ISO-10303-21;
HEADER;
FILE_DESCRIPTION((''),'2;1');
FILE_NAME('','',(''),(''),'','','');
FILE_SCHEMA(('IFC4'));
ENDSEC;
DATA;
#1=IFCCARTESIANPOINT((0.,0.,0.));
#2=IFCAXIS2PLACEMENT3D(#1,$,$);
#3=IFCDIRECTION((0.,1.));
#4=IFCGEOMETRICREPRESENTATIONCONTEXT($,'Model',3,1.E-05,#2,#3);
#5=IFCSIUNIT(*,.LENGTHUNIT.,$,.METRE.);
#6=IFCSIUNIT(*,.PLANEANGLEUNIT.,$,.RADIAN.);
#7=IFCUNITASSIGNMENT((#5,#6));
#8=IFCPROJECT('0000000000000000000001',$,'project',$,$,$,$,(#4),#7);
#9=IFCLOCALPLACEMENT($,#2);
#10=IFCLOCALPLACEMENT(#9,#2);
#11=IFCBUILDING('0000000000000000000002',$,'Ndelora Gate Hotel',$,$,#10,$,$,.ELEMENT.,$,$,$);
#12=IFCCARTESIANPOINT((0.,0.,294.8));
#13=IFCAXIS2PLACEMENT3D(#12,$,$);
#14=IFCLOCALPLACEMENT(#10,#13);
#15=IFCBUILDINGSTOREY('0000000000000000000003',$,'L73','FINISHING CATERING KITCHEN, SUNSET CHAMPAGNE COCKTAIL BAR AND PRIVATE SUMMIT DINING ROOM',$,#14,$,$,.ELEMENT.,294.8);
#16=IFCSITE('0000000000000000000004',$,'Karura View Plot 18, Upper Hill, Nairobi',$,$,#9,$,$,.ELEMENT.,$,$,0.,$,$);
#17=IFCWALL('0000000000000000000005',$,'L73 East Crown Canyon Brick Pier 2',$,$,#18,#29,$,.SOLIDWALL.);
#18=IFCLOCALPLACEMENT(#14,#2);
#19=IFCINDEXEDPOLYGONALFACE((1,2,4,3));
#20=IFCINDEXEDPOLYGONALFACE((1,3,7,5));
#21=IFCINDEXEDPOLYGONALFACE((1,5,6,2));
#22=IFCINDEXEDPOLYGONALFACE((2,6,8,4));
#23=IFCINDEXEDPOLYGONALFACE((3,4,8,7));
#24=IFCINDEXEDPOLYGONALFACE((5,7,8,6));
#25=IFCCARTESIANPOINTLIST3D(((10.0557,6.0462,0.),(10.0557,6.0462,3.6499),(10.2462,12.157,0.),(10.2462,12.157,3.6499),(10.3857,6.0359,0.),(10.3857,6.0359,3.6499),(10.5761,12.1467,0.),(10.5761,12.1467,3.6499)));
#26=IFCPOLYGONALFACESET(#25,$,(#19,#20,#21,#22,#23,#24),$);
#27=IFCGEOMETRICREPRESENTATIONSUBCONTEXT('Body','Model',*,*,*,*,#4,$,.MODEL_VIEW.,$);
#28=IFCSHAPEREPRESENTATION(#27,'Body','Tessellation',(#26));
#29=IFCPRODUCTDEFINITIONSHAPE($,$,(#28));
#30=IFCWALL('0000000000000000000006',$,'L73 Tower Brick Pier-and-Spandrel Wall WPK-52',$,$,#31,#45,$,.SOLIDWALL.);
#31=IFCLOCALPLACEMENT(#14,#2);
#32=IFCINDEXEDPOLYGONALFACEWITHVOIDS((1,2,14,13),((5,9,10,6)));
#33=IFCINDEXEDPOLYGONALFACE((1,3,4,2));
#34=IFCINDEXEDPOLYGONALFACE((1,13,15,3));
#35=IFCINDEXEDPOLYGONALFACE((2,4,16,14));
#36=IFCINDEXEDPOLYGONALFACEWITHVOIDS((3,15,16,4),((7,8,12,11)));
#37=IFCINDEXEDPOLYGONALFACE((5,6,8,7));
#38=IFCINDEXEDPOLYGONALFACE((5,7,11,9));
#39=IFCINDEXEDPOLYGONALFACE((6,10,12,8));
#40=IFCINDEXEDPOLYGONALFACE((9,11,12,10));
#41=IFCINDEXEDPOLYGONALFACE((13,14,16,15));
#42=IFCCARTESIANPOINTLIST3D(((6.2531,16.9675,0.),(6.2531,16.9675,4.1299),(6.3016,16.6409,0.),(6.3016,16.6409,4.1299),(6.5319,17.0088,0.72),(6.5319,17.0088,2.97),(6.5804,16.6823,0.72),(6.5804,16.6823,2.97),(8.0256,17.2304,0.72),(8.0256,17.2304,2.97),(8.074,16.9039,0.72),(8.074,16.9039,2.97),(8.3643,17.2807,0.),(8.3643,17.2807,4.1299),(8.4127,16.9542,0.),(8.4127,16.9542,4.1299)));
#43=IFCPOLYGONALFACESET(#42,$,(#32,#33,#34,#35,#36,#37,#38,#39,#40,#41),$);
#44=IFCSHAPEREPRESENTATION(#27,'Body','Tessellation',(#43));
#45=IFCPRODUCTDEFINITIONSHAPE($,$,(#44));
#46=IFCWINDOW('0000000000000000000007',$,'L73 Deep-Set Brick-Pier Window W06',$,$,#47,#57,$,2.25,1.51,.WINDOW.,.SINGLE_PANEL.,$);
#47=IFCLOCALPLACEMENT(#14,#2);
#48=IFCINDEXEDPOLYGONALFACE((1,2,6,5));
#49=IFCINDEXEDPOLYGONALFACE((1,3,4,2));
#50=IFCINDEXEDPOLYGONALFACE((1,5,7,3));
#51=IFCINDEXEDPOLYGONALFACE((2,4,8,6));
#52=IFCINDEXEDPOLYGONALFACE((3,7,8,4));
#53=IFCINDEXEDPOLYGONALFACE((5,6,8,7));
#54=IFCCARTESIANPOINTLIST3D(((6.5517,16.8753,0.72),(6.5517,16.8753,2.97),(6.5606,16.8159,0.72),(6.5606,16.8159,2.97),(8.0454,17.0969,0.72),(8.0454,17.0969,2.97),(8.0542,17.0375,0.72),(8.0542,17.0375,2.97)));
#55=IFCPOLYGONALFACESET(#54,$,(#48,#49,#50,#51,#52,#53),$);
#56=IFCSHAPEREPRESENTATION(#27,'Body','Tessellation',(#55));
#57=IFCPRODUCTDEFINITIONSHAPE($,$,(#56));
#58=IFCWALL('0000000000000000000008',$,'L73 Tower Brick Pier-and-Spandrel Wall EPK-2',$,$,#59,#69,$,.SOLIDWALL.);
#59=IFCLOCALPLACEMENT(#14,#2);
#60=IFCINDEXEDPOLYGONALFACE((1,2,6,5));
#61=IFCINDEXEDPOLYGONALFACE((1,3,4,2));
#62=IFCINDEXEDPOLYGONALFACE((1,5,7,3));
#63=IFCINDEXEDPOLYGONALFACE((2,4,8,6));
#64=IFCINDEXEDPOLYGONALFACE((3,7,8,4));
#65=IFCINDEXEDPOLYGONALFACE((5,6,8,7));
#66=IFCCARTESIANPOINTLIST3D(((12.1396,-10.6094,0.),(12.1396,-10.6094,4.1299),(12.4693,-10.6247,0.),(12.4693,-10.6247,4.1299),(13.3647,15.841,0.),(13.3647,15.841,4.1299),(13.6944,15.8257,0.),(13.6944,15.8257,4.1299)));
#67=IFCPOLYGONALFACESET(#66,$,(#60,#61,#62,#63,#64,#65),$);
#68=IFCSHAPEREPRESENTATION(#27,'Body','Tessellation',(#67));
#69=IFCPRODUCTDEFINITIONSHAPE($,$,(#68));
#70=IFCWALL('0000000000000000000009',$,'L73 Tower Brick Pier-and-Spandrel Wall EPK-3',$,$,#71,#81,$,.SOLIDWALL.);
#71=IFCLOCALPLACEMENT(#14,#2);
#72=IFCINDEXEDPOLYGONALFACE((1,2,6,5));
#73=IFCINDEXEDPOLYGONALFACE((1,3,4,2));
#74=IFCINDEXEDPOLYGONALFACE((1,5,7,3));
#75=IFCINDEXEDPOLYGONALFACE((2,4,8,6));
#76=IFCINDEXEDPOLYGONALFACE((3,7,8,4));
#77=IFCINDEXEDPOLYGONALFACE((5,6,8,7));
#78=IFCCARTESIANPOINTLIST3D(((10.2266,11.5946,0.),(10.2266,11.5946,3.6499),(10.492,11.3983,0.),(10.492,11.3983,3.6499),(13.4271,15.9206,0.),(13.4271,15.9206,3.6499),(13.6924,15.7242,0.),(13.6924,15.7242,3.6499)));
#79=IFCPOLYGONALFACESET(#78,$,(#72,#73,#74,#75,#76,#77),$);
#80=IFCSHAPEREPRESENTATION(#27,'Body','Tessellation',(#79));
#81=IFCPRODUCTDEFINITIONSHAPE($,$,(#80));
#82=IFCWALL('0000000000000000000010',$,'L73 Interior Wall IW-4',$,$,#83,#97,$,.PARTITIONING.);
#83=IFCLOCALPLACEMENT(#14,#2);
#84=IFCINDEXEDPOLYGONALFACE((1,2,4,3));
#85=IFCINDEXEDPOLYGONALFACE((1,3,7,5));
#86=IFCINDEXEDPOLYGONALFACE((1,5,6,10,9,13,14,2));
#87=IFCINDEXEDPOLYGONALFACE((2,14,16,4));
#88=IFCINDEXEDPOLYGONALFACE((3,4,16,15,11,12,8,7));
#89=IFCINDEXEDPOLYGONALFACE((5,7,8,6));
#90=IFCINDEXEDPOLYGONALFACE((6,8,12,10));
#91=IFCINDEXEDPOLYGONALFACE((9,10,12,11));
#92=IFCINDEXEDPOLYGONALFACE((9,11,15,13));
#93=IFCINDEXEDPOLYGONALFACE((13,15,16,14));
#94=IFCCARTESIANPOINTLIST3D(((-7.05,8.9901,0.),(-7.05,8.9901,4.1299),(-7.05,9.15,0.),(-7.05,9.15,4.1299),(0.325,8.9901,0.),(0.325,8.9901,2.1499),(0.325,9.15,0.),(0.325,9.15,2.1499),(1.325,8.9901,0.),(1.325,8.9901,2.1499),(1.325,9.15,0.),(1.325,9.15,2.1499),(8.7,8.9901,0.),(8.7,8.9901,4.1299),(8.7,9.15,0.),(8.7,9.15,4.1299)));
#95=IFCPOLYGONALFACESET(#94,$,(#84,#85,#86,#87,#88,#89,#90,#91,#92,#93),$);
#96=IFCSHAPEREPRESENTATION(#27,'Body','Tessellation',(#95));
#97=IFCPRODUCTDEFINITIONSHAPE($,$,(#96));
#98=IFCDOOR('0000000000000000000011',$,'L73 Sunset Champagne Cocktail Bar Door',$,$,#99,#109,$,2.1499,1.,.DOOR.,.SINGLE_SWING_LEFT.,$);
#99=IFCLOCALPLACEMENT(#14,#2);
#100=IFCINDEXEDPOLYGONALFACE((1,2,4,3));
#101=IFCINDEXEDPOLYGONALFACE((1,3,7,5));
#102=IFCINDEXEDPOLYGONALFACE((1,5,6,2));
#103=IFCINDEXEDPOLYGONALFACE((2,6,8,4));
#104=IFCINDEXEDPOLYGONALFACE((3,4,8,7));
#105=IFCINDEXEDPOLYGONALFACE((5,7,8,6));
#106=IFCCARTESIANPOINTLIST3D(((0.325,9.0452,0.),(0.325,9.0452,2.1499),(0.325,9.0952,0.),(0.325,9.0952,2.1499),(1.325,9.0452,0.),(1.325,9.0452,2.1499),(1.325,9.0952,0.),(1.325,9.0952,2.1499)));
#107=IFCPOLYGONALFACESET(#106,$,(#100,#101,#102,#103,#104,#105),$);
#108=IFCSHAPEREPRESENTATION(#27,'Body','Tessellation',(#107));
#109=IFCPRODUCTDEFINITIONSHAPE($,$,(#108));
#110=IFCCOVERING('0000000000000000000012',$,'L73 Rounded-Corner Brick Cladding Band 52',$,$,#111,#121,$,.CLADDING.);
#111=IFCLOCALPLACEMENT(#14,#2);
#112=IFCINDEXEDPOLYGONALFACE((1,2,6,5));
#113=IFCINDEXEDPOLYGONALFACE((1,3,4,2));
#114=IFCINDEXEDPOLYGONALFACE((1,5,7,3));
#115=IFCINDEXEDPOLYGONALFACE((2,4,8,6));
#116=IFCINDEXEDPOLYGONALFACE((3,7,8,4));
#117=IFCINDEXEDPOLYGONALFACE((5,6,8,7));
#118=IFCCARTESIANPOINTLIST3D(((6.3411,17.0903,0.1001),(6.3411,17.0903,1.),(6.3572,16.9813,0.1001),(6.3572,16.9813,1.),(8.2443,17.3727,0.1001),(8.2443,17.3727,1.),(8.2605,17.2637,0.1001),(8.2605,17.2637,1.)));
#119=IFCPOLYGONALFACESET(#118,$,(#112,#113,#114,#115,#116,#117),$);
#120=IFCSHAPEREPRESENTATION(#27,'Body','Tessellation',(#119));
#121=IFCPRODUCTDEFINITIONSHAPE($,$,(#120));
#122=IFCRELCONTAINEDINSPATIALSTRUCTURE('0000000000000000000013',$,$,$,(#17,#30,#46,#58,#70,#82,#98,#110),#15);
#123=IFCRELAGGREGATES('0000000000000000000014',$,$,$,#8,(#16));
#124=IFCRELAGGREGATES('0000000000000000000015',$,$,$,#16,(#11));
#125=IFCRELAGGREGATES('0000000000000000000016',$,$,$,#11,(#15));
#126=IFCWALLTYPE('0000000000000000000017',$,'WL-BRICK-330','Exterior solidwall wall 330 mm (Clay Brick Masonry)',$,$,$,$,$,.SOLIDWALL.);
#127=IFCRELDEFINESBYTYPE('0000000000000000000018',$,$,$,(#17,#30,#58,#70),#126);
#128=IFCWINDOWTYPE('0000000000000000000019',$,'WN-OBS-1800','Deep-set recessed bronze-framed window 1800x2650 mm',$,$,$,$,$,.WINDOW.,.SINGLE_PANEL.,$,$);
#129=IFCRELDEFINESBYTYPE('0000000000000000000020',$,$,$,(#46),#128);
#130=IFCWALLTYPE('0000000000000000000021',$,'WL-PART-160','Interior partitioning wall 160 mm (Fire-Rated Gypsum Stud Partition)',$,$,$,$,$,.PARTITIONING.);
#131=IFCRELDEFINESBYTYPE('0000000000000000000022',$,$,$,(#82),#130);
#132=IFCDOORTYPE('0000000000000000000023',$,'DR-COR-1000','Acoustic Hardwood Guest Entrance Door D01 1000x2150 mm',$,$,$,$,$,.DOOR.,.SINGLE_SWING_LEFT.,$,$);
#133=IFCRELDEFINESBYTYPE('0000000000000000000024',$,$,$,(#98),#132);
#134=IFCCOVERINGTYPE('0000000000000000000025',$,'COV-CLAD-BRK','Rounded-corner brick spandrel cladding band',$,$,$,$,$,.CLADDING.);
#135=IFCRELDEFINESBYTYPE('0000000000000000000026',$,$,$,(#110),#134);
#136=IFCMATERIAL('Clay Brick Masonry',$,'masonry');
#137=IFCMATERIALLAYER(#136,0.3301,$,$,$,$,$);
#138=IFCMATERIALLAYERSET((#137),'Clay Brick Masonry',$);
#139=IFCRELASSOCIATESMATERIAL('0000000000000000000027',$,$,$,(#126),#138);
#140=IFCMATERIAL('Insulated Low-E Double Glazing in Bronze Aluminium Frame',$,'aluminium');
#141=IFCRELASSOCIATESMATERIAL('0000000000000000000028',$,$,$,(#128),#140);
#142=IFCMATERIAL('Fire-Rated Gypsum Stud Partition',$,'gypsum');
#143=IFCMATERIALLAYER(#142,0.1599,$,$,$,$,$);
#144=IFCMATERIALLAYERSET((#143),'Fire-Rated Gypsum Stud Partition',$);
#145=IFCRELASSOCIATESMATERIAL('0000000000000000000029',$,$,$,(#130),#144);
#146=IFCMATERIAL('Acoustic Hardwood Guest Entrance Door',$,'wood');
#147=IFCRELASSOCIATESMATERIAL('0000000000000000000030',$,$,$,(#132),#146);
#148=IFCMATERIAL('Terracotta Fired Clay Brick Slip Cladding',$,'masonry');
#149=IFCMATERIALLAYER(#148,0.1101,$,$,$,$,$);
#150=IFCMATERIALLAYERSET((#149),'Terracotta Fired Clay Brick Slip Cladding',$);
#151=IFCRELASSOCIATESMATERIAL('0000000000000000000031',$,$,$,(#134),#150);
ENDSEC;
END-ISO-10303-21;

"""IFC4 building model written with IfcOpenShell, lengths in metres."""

from ifc_helpers import new_model, si_unit, direction, frame, frame_2d, origin, origin_2d, place, context, subcontext, project, spatial, rectangle, extrude, material, layer, layer_set, type_object, element, fill, save


model = new_model("IFC4")

# Units and contexts
model_context = context("Model", 3, precision=1e-05, world=origin(), true_north=direction((0.0, 1.0)))
body_context = subcontext(model_context, "Body", "Model", "MODEL_VIEW")
ifc_project = project(units=[si_unit("LENGTHUNIT", "METRE"), si_unit("PLANEANGLEUNIT", "RADIAN")], contexts=[model_context])

# Site, building, storey
site_placement = place(None, origin())
site = spatial("IfcSite", under=ifc_project, at=site_placement, Name="Karura View Plot 18, Upper Hill, Nairobi", CompositionType="ELEMENT", RefElevation=0.0)
building_placement = place(site_placement, origin())
building = spatial("IfcBuilding", under=site, at=building_placement, Name="Ndelora Gate Hotel", CompositionType="ELEMENT")
storey_placement = place(building_placement, frame((0.0, 0.0, 294.8)))
storey = spatial("IfcBuildingStorey", under=building, at=storey_placement, Name="L73", Description="FINISHING CATERING KITCHEN, SUNSET CHAMPAGNE COCKTAIL BAR AND PRIVATE SUMMIT DINING ROOM", CompositionType="ELEMENT", Elevation=294.8)

# Wall
ifc_material_1 = material(Name="Clay Brick Masonry", Category="masonry")
ifc_layer_1 = layer(ifc_material_1, 0.3301)
ifc_layer_set_1 = layer_set([ifc_layer_1], Name="Clay Brick Masonry")
wall_type_1 = type_object("IfcWallType", Name="WL-BRICK-330", Description="Exterior solidwall wall 330 mm (Clay Brick Masonry)", PredefinedType="SOLIDWALL", material=ifc_layer_set_1)
wall_1_placement = place(storey_placement, frame((10.2207, 6.041, 0.0), z_axis=(0.0, 0.0, 1.0), x_axis=(0.031147, 0.999515, 0.0)))
element("IfcWall", 1, at=wall_1_placement, inside=storey, type_object=wall_type_1, Name="L73 East Crown Canyon Brick Pier 2", PredefinedType="SOLIDWALL", context=body_context, shape_type="SweptSolid", body=[
    extrude(rectangle(XDim=6.1138, YDim=0.3301, at=frame_2d((3.0569, 0.0))), origin(), (0.0, 0.0, 1.0), 3.6499),
])

# Wall, opening, window
wall_2_placement = place(storey_placement, frame((6.2773, 16.8042, 0.0), z_axis=(0.0, 0.0, 1.0), x_axis=(0.989171, 0.146768, 0.0)))
wall_2 = element("IfcWall", 2, at=wall_2_placement, inside=storey, type_object=wall_type_1, Name="L73 Tower Brick Pier-and-Spandrel Wall WPK-52", PredefinedType="SOLIDWALL", context=body_context, shape_type="SweptSolid", body=[
    extrude(rectangle(XDim=2.1343, YDim=0.3301, at=frame_2d((1.0671, 0.0))), origin(), (0.0, 0.0, 1.0), 4.1299),
])
opening_1_placement = place(wall_2_placement, frame((0.282, 0.0, 0.72)))
opening_1 = element("IfcOpeningElement", 3, at=opening_1_placement, cuts=wall_2, PredefinedType="OPENING", context=body_context, shape_type="SweptSolid", body=[
    extrude(rectangle(XDim=1.51, YDim=2.25, at=frame_2d((0.7549, 1.125))), frame((0.0, 0.175, 0.0), z_axis=(0.0, -1.0, 0.0), x_axis=(1.0, 0.0, 0.0)), (0.0, 0.0, 1.0), 0.3501),
])
ifc_material_2 = material(Name="Insulated Low-E Double Glazing in Bronze Aluminium Frame", Category="aluminium")
window_type = type_object("IfcWindowType", Name="WN-OBS-1800", Description="Deep-set recessed bronze-framed window 1800x2650 mm", PartitioningType="SINGLE_PANEL", PredefinedType="WINDOW", material=ifc_material_2)
window_placement = place(opening_1_placement, origin())
window = element("IfcWindow", 4, at=window_placement, inside=storey, type_object=window_type, Name="L73 Deep-Set Brick-Pier Window W06", OverallHeight=2.25, OverallWidth=1.51, PartitioningType="SINGLE_PANEL", PredefinedType="WINDOW", context=body_context, shape_type="SweptSolid", body=[
    extrude(rectangle(XDim=1.51, YDim=2.25, at=frame_2d((0.7549, 1.125))), frame((0.0, 0.03, 0.0), z_axis=(0.0, -1.0, 0.0), x_axis=(1.0, 0.0, 0.0)), (0.0, 0.0, 1.0), 0.0601),
])
fill(opening_1, window)

# Walls
wall_3_placement = place(storey_placement, frame((13.5295, 15.8333, 0.0), z_axis=(0.0, 0.0, 1.0), x_axis=(-0.046267, -0.998929, 0.0)))
element("IfcWall", 5, at=wall_3_placement, inside=storey, type_object=wall_type_1, Name="L73 Tower Brick Pier-and-Spandrel Wall EPK-2", PredefinedType="SOLIDWALL", context=body_context, shape_type="SweptSolid", body=[
    extrude(rectangle(XDim=26.4788, YDim=0.3301, at=frame_2d((13.2393, 0.0))), origin(), (0.0, 0.0, 1.0), 4.1299),
])
wall_4_placement = place(storey_placement, frame((10.3594, 11.4966, 0.0), z_axis=(0.0, 0.0, 1.0), x_axis=(0.594753, 0.803908, 0.0)))
element("IfcWall", 6, at=wall_4_placement, inside=storey, type_object=wall_type_1, Name="L73 Tower Brick Pier-and-Spandrel Wall EPK-3", PredefinedType="SOLIDWALL", context=body_context, shape_type="SweptSolid", body=[
    extrude(rectangle(XDim=5.3811, YDim=0.3301, at=frame_2d((2.6904, 0.0))), origin(), (0.0, 0.0, 1.0), 3.6499),
])

# Wall, opening, door
ifc_material_3 = material(Name="Fire-Rated Gypsum Stud Partition", Category="gypsum")
ifc_layer_2 = layer(ifc_material_3, 0.1599)
ifc_layer_set_2 = layer_set([ifc_layer_2], Name="Fire-Rated Gypsum Stud Partition")
wall_type_2 = type_object("IfcWallType", Name="WL-PART-160", Description="Interior partitioning wall 160 mm (Fire-Rated Gypsum Stud Partition)", PredefinedType="PARTITIONING", material=ifc_layer_set_2)
wall_5_placement = place(storey_placement, frame((8.7, 9.0701, 0.0), z_axis=(0.0, 0.0, 1.0), x_axis=(-1.0, 0.0, 0.0)))
wall_5 = element("IfcWall", 7, at=wall_5_placement, inside=storey, type_object=wall_type_2, Name="L73 Interior Wall IW-4", PredefinedType="PARTITIONING", context=body_context, shape_type="SweptSolid", body=[
    extrude(rectangle(XDim=15.75, YDim=0.1599, at=frame_2d((7.875, 0.0))), origin(), (0.0, 0.0, 1.0), 4.1299),
])
opening_2_placement = place(wall_5_placement, frame((7.375, 0.0, 0.0)))
opening_2 = element("IfcOpeningElement", 8, at=opening_2_placement, cuts=wall_5, PredefinedType="OPENING", context=body_context, shape_type="SweptSolid", body=[
    extrude(rectangle(XDim=1.0, YDim=2.1499, at=frame_2d((0.5, 1.075))), frame((0.0, 0.0898, 0.0), z_axis=(0.0, -1.0, 0.0), x_axis=(1.0, 0.0, 0.0)), (0.0, 0.0, 1.0), 0.1799),
])
ifc_material_4 = material(Name="Acoustic Hardwood Guest Entrance Door", Category="wood")
door_type = type_object("IfcDoorType", Name="DR-COR-1000", Description="Acoustic Hardwood Guest Entrance Door D01 1000x2150 mm", OperationType="SINGLE_SWING_LEFT", PredefinedType="DOOR", material=ifc_material_4)
door_placement = place(opening_2_placement, origin())
door = element("IfcDoor", 9, at=door_placement, inside=storey, type_object=door_type, Name="L73 Sunset Champagne Cocktail Bar Door", OperationType="SINGLE_SWING_LEFT", OverallHeight=2.1499, OverallWidth=1.0, PredefinedType="DOOR", context=body_context, shape_type="SweptSolid", body=[
    extrude(rectangle(XDim=1.0, YDim=2.1499, at=frame_2d((0.5, 1.075))), frame((0.0, 0.0249, 0.0), z_axis=(0.0, -1.0, 0.0), x_axis=(1.0, 0.0, 0.0)), (0.0, 0.0, 1.0), 0.05),
])
fill(opening_2, door)

# Covering
ifc_material_5 = material(Name="Terracotta Fired Clay Brick Slip Cladding", Category="masonry")
ifc_layer_3 = layer(ifc_material_5, 0.1101)
ifc_layer_set_3 = layer_set([ifc_layer_3], Name="Terracotta Fired Clay Brick Slip Cladding")
covering_type = type_object("IfcCoveringType", Name="COV-CLAD-BRK", Description="Rounded-corner brick spandrel cladding band", PredefinedType="CLADDING", material=ifc_layer_set_3)
covering_placement = place(storey_placement, frame((7.3008, 17.177, 0.1001), z_axis=(0.0, 0.0, 1.0), x_axis=(0.98917, 0.146774, 0.0)))
element("IfcCovering", 10, at=covering_placement, inside=storey, type_object=covering_type, Name="L73 Rounded-Corner Brick Cladding Band 52", PredefinedType="CLADDING", context=body_context, shape_type="SweptSolid", body=[
    extrude(rectangle(XDim=1.9241, YDim=0.1101, at=origin_2d()), origin(), (0.0, 0.0, 1.0), 0.8999),
])

save(model, "model.ifc")
